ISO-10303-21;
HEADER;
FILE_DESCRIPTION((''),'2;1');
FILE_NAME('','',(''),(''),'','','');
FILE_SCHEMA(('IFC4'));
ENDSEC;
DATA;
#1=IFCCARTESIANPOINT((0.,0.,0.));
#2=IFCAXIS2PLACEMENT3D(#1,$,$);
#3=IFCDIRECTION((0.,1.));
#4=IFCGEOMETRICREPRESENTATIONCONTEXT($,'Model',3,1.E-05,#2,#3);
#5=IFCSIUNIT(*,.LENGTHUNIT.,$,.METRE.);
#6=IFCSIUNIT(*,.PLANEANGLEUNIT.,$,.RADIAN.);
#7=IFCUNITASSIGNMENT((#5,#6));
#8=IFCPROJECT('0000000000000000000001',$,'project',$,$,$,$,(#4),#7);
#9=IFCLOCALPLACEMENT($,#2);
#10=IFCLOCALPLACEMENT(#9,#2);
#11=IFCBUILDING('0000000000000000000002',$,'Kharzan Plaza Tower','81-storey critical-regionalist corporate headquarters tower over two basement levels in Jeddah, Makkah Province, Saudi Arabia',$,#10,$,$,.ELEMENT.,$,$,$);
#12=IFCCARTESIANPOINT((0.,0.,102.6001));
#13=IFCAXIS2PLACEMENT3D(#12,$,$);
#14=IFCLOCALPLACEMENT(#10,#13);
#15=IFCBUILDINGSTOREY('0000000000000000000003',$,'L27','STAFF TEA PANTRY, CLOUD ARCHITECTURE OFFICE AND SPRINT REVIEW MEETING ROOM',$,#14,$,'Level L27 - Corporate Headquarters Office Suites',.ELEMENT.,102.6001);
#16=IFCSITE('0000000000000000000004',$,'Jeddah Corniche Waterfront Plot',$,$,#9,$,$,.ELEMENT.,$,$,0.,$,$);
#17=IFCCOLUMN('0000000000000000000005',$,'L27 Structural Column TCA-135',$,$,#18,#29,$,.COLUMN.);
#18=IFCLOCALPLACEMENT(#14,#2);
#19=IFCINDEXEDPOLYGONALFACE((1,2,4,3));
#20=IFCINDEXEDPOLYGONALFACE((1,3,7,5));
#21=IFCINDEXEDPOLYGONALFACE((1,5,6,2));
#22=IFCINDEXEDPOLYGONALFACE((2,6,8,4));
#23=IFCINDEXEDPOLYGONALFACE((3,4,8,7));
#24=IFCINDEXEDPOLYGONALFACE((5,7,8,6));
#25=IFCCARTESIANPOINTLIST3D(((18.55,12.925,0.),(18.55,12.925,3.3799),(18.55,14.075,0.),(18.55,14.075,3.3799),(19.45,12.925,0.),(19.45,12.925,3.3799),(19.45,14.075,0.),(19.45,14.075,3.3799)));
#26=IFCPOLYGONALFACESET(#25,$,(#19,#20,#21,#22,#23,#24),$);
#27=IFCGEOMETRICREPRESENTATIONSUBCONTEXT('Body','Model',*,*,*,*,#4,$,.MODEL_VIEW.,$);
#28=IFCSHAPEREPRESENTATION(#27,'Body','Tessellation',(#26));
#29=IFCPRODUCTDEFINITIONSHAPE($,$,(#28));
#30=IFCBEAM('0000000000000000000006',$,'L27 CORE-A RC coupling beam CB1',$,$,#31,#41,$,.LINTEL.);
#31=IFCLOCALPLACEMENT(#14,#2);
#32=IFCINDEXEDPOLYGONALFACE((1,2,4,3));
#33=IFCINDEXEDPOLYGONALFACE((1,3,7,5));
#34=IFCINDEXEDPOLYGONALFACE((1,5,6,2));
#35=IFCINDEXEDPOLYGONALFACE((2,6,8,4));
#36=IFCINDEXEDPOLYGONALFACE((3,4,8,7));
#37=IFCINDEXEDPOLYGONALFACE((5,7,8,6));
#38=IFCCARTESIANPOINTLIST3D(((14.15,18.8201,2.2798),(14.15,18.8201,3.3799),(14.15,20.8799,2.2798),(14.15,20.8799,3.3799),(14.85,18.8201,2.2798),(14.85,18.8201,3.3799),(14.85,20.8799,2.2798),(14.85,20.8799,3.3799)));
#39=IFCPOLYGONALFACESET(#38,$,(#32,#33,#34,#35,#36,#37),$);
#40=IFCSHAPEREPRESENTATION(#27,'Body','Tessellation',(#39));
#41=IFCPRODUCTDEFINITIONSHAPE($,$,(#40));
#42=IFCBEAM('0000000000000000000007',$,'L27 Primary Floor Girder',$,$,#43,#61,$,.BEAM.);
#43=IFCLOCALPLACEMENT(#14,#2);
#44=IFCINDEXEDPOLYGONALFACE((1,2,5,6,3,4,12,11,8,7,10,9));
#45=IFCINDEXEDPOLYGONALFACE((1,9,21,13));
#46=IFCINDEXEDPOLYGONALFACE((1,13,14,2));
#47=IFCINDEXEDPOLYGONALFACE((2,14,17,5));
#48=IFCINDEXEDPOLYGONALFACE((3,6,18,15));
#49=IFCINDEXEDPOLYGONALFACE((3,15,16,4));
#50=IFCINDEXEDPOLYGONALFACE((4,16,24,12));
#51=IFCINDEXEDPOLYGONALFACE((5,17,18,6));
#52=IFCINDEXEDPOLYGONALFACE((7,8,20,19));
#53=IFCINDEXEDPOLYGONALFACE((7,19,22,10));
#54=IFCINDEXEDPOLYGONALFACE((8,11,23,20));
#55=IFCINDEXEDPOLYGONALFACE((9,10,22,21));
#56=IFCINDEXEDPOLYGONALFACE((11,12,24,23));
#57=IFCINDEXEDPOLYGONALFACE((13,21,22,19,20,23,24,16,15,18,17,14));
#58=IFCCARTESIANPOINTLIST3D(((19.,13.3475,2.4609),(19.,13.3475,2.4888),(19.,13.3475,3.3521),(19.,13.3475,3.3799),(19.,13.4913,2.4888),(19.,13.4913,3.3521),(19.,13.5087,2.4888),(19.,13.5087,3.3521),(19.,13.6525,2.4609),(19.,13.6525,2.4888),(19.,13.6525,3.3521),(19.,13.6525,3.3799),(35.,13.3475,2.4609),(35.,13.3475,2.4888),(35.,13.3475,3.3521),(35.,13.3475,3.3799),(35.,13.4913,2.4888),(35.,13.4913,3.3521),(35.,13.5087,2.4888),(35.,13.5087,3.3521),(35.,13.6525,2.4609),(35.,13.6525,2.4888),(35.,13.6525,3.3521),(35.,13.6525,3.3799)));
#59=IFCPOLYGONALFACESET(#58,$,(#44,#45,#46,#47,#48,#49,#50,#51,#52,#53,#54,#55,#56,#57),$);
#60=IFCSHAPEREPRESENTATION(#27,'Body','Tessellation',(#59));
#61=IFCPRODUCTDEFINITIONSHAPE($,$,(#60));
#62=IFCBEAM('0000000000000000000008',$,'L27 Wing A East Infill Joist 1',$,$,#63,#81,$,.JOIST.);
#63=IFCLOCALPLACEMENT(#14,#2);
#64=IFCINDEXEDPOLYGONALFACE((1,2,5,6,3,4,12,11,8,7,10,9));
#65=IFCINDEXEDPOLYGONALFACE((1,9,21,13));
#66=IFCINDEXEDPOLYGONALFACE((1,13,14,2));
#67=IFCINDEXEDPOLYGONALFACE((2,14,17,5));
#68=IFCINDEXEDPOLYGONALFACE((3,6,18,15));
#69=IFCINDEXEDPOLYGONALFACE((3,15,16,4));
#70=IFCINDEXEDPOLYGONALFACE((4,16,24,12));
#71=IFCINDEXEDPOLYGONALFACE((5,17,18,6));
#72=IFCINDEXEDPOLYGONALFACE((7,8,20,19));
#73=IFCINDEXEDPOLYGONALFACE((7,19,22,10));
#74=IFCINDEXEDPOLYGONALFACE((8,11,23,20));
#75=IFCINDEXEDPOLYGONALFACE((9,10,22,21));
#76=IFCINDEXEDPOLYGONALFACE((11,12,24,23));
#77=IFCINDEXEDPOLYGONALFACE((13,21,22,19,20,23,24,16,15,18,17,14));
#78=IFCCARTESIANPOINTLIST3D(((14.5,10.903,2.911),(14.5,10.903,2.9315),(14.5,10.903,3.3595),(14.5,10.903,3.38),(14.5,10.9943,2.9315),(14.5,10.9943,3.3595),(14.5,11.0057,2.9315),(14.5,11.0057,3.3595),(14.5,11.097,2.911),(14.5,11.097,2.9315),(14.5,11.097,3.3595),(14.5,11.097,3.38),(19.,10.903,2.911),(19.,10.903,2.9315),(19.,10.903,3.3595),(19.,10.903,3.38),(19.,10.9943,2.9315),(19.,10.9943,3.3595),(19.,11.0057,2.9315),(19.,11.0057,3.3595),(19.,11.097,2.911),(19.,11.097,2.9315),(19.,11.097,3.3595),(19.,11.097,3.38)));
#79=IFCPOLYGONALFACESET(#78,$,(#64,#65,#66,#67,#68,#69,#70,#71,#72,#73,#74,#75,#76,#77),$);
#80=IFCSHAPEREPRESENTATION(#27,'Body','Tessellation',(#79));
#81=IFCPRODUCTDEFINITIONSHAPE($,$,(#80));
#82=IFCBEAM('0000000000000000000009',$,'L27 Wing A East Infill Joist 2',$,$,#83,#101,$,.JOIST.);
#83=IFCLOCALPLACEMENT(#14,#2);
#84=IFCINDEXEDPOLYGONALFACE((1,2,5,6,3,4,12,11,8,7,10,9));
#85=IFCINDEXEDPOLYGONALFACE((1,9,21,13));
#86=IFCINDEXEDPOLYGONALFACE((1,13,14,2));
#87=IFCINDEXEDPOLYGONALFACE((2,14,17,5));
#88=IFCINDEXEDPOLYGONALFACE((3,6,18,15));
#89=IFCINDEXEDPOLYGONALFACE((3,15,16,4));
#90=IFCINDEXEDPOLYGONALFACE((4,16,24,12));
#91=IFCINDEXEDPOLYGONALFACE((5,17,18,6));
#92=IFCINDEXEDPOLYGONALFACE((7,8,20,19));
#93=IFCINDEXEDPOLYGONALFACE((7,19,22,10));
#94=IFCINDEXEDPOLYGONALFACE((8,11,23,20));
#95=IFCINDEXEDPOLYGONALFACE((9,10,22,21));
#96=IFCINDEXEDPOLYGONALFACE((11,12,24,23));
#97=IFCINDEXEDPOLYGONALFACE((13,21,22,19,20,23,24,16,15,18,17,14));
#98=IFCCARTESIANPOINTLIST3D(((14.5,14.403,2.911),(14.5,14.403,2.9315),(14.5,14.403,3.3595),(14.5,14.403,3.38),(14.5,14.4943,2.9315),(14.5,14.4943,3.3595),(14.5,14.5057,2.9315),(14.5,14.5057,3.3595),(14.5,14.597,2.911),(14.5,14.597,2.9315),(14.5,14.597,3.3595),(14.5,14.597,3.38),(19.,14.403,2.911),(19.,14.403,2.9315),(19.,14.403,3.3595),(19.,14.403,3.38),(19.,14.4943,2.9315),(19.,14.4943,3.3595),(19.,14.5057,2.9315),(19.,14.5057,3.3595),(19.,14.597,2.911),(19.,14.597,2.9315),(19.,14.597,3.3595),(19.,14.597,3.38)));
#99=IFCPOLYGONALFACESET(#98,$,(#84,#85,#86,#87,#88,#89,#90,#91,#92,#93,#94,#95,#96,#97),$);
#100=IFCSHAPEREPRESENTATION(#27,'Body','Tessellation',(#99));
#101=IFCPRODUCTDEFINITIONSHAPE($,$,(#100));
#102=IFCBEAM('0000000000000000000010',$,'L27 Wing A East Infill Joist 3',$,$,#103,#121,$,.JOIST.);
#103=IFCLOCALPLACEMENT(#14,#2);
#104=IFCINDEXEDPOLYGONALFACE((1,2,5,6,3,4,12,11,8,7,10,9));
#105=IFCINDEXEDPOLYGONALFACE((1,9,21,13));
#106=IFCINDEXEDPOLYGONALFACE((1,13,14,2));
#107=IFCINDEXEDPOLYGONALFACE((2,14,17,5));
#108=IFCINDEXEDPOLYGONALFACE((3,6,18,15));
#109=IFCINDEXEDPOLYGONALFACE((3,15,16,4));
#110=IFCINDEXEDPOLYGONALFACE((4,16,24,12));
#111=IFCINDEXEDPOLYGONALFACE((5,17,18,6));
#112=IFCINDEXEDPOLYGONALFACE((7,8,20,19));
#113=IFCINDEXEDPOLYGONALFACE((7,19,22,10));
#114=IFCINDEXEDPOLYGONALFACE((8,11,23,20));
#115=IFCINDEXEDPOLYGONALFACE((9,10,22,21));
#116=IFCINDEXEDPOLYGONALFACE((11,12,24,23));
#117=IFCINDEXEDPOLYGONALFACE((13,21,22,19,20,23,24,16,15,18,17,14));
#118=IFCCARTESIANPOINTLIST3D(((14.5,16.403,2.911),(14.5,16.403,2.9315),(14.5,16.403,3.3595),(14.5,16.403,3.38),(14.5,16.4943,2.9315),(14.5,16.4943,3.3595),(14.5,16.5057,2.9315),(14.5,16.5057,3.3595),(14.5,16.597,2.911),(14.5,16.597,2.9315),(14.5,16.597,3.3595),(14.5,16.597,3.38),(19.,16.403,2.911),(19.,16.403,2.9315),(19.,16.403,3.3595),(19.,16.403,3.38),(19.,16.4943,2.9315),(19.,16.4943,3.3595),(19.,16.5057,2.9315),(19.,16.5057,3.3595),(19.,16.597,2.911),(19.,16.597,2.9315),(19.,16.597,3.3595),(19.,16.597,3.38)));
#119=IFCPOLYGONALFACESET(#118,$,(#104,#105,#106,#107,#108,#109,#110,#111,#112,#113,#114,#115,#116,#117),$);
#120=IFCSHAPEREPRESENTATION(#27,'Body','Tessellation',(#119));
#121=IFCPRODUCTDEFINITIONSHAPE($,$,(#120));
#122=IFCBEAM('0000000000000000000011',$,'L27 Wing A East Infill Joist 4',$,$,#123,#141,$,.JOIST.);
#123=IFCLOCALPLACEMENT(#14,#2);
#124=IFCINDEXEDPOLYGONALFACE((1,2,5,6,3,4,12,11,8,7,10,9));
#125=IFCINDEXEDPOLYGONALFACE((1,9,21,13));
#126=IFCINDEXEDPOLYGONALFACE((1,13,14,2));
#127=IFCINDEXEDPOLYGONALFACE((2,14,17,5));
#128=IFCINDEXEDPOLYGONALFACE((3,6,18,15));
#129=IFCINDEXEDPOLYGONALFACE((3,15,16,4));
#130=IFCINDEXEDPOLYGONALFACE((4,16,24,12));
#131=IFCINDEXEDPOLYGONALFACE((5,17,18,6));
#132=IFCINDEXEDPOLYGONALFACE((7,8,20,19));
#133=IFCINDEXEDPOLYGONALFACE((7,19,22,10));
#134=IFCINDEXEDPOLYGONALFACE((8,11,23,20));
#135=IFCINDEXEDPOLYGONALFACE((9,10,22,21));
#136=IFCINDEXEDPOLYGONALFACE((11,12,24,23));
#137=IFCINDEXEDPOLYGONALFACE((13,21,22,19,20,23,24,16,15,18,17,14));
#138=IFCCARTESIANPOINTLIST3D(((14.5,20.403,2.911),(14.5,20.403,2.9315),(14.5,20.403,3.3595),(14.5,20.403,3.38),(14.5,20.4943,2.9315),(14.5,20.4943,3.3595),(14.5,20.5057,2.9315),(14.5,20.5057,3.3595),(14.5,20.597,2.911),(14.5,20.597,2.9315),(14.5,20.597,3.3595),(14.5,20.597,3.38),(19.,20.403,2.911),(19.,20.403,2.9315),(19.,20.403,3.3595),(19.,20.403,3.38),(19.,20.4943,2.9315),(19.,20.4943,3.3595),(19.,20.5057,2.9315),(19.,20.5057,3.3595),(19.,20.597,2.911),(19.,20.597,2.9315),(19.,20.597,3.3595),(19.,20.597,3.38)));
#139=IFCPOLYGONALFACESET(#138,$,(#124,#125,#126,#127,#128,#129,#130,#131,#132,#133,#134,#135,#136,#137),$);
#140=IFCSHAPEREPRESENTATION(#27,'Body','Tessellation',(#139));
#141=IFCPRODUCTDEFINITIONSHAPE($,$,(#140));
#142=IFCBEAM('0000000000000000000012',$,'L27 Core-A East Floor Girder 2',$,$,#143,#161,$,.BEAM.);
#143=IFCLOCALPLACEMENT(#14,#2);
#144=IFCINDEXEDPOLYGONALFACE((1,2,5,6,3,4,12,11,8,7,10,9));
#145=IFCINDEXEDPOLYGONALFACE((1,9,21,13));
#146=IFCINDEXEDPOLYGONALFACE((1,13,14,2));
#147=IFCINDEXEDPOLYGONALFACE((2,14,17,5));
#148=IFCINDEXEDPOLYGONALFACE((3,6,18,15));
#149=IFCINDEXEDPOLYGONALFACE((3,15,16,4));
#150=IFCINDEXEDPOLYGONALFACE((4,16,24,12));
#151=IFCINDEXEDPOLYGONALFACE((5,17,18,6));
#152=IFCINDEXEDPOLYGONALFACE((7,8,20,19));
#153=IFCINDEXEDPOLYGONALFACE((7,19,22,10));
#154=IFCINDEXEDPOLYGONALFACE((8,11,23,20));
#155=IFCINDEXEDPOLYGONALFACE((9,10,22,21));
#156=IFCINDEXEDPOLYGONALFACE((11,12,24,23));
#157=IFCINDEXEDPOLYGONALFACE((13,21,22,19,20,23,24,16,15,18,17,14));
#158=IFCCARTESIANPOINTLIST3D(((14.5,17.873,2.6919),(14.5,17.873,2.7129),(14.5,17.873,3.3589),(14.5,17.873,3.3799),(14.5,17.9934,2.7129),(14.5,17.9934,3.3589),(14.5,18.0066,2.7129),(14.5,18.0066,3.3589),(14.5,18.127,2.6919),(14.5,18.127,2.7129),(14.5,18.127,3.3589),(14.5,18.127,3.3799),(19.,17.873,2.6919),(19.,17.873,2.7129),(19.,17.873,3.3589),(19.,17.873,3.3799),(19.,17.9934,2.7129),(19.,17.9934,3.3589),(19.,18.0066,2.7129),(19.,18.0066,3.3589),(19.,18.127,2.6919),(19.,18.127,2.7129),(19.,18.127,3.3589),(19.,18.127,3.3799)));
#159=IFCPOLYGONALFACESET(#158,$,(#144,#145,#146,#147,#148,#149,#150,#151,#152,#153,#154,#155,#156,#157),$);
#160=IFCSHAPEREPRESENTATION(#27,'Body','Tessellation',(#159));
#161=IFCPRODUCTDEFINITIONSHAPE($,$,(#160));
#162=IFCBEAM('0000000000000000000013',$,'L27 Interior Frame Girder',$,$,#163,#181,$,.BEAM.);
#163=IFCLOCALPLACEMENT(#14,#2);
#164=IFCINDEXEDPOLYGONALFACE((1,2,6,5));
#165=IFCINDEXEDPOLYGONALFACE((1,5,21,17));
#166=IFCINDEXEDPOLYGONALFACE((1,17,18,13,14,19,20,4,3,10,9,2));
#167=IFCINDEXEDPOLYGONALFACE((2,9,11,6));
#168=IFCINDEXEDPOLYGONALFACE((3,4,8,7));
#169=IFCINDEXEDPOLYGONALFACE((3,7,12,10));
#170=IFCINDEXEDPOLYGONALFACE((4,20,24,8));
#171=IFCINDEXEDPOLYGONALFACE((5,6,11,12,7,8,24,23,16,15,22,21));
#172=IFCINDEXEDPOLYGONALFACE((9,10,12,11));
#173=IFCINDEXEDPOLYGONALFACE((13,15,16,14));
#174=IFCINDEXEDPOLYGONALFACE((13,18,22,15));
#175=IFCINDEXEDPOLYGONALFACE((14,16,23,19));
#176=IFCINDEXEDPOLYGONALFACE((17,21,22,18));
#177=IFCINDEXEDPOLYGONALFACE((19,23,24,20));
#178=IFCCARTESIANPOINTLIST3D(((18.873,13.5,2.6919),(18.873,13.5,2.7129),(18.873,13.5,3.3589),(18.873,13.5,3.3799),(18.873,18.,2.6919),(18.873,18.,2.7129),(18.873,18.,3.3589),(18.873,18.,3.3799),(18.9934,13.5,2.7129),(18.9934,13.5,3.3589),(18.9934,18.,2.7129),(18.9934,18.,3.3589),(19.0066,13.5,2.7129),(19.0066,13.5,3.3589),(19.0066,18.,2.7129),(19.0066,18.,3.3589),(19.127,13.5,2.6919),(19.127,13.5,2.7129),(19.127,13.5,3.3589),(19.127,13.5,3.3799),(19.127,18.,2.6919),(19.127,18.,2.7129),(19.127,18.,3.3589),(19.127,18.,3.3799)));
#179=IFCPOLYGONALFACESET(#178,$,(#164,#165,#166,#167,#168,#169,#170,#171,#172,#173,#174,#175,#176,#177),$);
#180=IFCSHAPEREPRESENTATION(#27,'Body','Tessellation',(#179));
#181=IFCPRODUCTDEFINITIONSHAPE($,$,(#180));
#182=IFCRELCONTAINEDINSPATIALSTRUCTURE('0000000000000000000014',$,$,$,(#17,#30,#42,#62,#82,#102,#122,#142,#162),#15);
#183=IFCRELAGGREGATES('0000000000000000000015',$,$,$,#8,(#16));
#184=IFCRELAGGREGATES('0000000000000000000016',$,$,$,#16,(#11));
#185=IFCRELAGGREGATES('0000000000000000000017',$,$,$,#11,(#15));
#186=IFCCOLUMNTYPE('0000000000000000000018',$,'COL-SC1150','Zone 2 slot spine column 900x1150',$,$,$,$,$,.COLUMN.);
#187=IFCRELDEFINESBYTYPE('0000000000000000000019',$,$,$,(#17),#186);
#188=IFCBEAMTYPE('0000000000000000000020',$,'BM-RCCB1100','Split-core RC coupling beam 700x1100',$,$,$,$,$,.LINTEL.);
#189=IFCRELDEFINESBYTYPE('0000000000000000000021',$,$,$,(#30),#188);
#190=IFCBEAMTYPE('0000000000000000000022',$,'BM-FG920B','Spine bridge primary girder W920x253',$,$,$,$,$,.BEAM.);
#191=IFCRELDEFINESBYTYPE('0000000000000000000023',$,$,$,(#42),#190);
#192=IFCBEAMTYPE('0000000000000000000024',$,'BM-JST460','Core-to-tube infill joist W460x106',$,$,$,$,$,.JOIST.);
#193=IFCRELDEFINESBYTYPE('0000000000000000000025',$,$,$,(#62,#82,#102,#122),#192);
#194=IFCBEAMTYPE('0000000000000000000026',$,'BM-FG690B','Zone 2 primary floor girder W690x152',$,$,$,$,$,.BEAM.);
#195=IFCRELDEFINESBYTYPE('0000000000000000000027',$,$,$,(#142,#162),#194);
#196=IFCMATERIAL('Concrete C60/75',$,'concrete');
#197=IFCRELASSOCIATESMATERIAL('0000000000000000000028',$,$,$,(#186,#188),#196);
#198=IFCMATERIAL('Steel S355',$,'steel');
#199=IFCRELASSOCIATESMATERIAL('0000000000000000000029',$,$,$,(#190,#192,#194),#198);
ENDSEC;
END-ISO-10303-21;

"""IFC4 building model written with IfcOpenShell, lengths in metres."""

from ifc_helpers import new_model, si_unit, direction, frame, origin, origin_2d, place, context, subcontext, project, spatial, rectangle, i_section, extrude, source, transform, mapped, material, material_profile, profile_set, type_object, element, save


model = new_model("IFC4")

# Units and contexts
model_context = context("Model", 3, precision=1e-05, world=origin(), true_north=direction((0.0, 1.0)))
body_context = subcontext(model_context, "Body", "Model", "MODEL_VIEW")
ifc_project = project(units=[si_unit("LENGTHUNIT", "METRE"), si_unit("PLANEANGLEUNIT", "RADIAN")], contexts=[model_context])

# Site, building, storey
site_placement = place(None, origin())
site = spatial("IfcSite", under=ifc_project, at=site_placement, Name="Jeddah Corniche Waterfront Plot", CompositionType="ELEMENT", RefElevation=0.0)
building_placement = place(site_placement, origin())
building = spatial("IfcBuilding", under=site, at=building_placement, Name="Kharzan Plaza Tower", Description="81-storey critical-regionalist corporate headquarters tower over two basement levels in Jeddah, Makkah Province, Saudi Arabia", CompositionType="ELEMENT")
storey_placement = place(building_placement, frame((0.0, 0.0, 102.6001)))
storey = spatial("IfcBuildingStorey", under=building, at=storey_placement, Name="L27", Description="STAFF TEA PANTRY, CLOUD ARCHITECTURE OFFICE AND SPRINT REVIEW MEETING ROOM", LongName="Level L27 - Corporate Headquarters Office Suites", CompositionType="ELEMENT", Elevation=102.6001)

# Column
ifc_material_1 = material(Name="Concrete C60/75", Category="concrete")
ifc_material_profile_1 = material_profile(ifc_material_1, rectangle(XDim=0.8999, YDim=1.1499, at=origin_2d()), Name="RC-SC1150x900")
ifc_profile_set_1 = profile_set([ifc_material_profile_1], Name="Concrete C60/75")
column_type = type_object("IfcColumnType", Name="COL-SC1150", Description="Zone 2 slot spine column 900x1150", PredefinedType="COLUMN", material=ifc_profile_set_1)
shared_shape_1 = source(origin(), body_context, "Body", "SweptSolid", [
    extrude(rectangle(XDim=0.8999, YDim=1.1499, at=origin_2d()), origin(), (0.0, 0.0, 1.0), 3.3799),
])
column_placement = place(storey_placement, frame((19.0, 13.5, 0.0), z_axis=(0.0, 0.0, 1.0), x_axis=(1.0, 0.0, 0.0)))
element("IfcColumn", 1, at=column_placement, inside=storey, type_object=column_type, Name="L27 Structural Column TCA-135", PredefinedType="COLUMN", context=body_context, shape_type="MappedRepresentation", body=[
    mapped(shared_shape_1, transform((0.0, 0.0, 0.0), x_axis=(1.0, 0.0, 0.0), y_axis=(0.0, 1.0, 0.0), z_axis=(0.0, 0.0, 1.0))),
])

# Beams
ifc_material_profile_2 = material_profile(ifc_material_1, rectangle(XDim=0.7, YDim=1.1001, at=origin_2d()), Name="RC-CB1100x700")
ifc_profile_set_2 = profile_set([ifc_material_profile_2], Name="Concrete C60/75")
beam_type_1 = type_object("IfcBeamType", Name="BM-RCCB1100", Description="Split-core RC coupling beam 700x1100", PredefinedType="LINTEL", material=ifc_profile_set_2)
shared_shape_2 = source(origin(), body_context, "Body", "SweptSolid", [
    extrude(rectangle(XDim=0.7, YDim=1.1001, at=origin_2d()), origin(), (0.0, 0.0, 1.0), 2.0598),
])
beam_1_placement = place(storey_placement, frame((14.5, 18.8201, 2.8298), z_axis=(0.0, 1.0, 0.0), x_axis=(-1.0, 0.0, 0.0)))
element("IfcBeam", 2, at=beam_1_placement, inside=storey, type_object=beam_type_1, Name="L27 CORE-A RC coupling beam CB1", PredefinedType="LINTEL", context=body_context, shape_type="MappedRepresentation", body=[
    mapped(shared_shape_2, transform((0.0, 0.0, 0.0), x_axis=(1.0, 0.0, 0.0), y_axis=(0.0, 1.0, 0.0), z_axis=(0.0, 0.0, 1.0))),
])
ifc_material_2 = material(Name="Steel S355", Category="steel")
ifc_material_profile_3 = material_profile(ifc_material_2, i_section(OverallWidth=0.3049, OverallDepth=0.9189, WebThickness=0.0173, FlangeThickness=0.0278, at=origin_2d()), Name="W920x253")
ifc_profile_set_3 = profile_set([ifc_material_profile_3], Name="Steel S355")
beam_type_2 = type_object("IfcBeamType", Name="BM-FG920B", Description="Spine bridge primary girder W920x253", PredefinedType="BEAM", material=ifc_profile_set_3)
shared_shape_3 = source(origin(), body_context, "Body", "SweptSolid", [
    extrude(i_section(OverallWidth=0.3049, OverallDepth=0.9189, WebThickness=0.0173, FlangeThickness=0.0278, at=origin_2d()), origin(), (0.0, 0.0, 1.0), 16.0),
])
beam_2_placement = place(storey_placement, frame((19.0, 13.5, 2.9204), z_axis=(1.0, 0.0, 0.0), x_axis=(0.0, 1.0, 0.0)))
element("IfcBeam", 3, at=beam_2_placement, inside=storey, type_object=beam_type_2, Name="L27 Primary Floor Girder", PredefinedType="BEAM", context=body_context, shape_type="MappedRepresentation", body=[
    mapped(shared_shape_3, transform((0.0, 0.0, 0.0), x_axis=(1.0, 0.0, 0.0), y_axis=(0.0, 1.0, 0.0), z_axis=(0.0, 0.0, 1.0))),
])
ifc_material_profile_4 = material_profile(ifc_material_2, i_section(OverallWidth=0.1941, OverallDepth=0.469, WebThickness=0.0115, FlangeThickness=0.0205, at=origin_2d()), Name="W460x106")
ifc_profile_set_4 = profile_set([ifc_material_profile_4], Name="Steel S355")
beam_type_3 = type_object("IfcBeamType", Name="BM-JST460", Description="Core-to-tube infill joist W460x106", PredefinedType="JOIST", material=ifc_profile_set_4)
shared_shape_4 = source(origin(), body_context, "Body", "SweptSolid", [
    extrude(i_section(OverallWidth=0.1941, OverallDepth=0.469, WebThickness=0.0115, FlangeThickness=0.0205, at=origin_2d()), origin(), (0.0, 0.0, 1.0), 4.5),
])
for number, where, z_axis, x_axis, name in (
    (4, (14.5, 11.0, 3.1455), (1.0, 0.0, 0.0), (0.0, 1.0, 0.0), "L27 Wing A East Infill Joist 1"),
    (5, (14.5, 14.5, 3.1455), (1.0, 0.0, 0.0), (0.0, 1.0, 0.0), "L27 Wing A East Infill Joist 2"),
    (6, (14.5, 16.5, 3.1455), (1.0, 0.0, 0.0), (0.0, 1.0, 0.0), "L27 Wing A East Infill Joist 3"),
    (7, (14.5, 20.5, 3.1455), (1.0, 0.0, 0.0), (0.0, 1.0, 0.0), "L27 Wing A East Infill Joist 4"),
):
    element("IfcBeam", number, at=place(storey_placement, frame(where, z_axis=z_axis, x_axis=x_axis)), inside=storey, type_object=beam_type_3, Name=name, PredefinedType="JOIST", context=body_context, shape_type="MappedRepresentation", body=[
        mapped(shared_shape_4, transform((0.0, 0.0, 0.0), x_axis=(1.0, 0.0, 0.0), y_axis=(0.0, 1.0, 0.0), z_axis=(0.0, 0.0, 1.0))),
    ])
ifc_material_profile_5 = material_profile(ifc_material_2, i_section(OverallWidth=0.2539, OverallDepth=0.688, WebThickness=0.0132, FlangeThickness=0.021, at=origin_2d()), Name="W690x152")
ifc_profile_set_5 = profile_set([ifc_material_profile_5], Name="Steel S355")
beam_type_4 = type_object("IfcBeamType", Name="BM-FG690B", Description="Zone 2 primary floor girder W690x152", PredefinedType="BEAM", material=ifc_profile_set_5)
shared_shape_5 = source(origin(), body_context, "Body", "SweptSolid", [
    extrude(i_section(OverallWidth=0.2539, OverallDepth=0.688, WebThickness=0.0132, FlangeThickness=0.021, at=origin_2d()), origin(), (0.0, 0.0, 1.0), 4.5),
])
for number, where, z_axis, x_axis, name in (
    (8, (14.5, 18.0, 3.0359), (1.0, 0.0, 0.0), (0.0, 1.0, 0.0), "L27 Core-A East Floor Girder 2"),
    (9, (19.0, 13.5, 3.0359), (0.0, 1.0, 0.0), (-1.0, 0.0, 0.0), "L27 Interior Frame Girder"),
):
    element("IfcBeam", number, at=place(storey_placement, frame(where, z_axis=z_axis, x_axis=x_axis)), inside=storey, type_object=beam_type_4, Name=name, PredefinedType="BEAM", context=body_context, shape_type="MappedRepresentation", body=[
        mapped(shared_shape_5, transform((0.0, 0.0, 0.0), x_axis=(1.0, 0.0, 0.0), y_axis=(0.0, 1.0, 0.0), z_axis=(0.0, 0.0, 1.0))),
    ])

save(model, "model.ifc")
